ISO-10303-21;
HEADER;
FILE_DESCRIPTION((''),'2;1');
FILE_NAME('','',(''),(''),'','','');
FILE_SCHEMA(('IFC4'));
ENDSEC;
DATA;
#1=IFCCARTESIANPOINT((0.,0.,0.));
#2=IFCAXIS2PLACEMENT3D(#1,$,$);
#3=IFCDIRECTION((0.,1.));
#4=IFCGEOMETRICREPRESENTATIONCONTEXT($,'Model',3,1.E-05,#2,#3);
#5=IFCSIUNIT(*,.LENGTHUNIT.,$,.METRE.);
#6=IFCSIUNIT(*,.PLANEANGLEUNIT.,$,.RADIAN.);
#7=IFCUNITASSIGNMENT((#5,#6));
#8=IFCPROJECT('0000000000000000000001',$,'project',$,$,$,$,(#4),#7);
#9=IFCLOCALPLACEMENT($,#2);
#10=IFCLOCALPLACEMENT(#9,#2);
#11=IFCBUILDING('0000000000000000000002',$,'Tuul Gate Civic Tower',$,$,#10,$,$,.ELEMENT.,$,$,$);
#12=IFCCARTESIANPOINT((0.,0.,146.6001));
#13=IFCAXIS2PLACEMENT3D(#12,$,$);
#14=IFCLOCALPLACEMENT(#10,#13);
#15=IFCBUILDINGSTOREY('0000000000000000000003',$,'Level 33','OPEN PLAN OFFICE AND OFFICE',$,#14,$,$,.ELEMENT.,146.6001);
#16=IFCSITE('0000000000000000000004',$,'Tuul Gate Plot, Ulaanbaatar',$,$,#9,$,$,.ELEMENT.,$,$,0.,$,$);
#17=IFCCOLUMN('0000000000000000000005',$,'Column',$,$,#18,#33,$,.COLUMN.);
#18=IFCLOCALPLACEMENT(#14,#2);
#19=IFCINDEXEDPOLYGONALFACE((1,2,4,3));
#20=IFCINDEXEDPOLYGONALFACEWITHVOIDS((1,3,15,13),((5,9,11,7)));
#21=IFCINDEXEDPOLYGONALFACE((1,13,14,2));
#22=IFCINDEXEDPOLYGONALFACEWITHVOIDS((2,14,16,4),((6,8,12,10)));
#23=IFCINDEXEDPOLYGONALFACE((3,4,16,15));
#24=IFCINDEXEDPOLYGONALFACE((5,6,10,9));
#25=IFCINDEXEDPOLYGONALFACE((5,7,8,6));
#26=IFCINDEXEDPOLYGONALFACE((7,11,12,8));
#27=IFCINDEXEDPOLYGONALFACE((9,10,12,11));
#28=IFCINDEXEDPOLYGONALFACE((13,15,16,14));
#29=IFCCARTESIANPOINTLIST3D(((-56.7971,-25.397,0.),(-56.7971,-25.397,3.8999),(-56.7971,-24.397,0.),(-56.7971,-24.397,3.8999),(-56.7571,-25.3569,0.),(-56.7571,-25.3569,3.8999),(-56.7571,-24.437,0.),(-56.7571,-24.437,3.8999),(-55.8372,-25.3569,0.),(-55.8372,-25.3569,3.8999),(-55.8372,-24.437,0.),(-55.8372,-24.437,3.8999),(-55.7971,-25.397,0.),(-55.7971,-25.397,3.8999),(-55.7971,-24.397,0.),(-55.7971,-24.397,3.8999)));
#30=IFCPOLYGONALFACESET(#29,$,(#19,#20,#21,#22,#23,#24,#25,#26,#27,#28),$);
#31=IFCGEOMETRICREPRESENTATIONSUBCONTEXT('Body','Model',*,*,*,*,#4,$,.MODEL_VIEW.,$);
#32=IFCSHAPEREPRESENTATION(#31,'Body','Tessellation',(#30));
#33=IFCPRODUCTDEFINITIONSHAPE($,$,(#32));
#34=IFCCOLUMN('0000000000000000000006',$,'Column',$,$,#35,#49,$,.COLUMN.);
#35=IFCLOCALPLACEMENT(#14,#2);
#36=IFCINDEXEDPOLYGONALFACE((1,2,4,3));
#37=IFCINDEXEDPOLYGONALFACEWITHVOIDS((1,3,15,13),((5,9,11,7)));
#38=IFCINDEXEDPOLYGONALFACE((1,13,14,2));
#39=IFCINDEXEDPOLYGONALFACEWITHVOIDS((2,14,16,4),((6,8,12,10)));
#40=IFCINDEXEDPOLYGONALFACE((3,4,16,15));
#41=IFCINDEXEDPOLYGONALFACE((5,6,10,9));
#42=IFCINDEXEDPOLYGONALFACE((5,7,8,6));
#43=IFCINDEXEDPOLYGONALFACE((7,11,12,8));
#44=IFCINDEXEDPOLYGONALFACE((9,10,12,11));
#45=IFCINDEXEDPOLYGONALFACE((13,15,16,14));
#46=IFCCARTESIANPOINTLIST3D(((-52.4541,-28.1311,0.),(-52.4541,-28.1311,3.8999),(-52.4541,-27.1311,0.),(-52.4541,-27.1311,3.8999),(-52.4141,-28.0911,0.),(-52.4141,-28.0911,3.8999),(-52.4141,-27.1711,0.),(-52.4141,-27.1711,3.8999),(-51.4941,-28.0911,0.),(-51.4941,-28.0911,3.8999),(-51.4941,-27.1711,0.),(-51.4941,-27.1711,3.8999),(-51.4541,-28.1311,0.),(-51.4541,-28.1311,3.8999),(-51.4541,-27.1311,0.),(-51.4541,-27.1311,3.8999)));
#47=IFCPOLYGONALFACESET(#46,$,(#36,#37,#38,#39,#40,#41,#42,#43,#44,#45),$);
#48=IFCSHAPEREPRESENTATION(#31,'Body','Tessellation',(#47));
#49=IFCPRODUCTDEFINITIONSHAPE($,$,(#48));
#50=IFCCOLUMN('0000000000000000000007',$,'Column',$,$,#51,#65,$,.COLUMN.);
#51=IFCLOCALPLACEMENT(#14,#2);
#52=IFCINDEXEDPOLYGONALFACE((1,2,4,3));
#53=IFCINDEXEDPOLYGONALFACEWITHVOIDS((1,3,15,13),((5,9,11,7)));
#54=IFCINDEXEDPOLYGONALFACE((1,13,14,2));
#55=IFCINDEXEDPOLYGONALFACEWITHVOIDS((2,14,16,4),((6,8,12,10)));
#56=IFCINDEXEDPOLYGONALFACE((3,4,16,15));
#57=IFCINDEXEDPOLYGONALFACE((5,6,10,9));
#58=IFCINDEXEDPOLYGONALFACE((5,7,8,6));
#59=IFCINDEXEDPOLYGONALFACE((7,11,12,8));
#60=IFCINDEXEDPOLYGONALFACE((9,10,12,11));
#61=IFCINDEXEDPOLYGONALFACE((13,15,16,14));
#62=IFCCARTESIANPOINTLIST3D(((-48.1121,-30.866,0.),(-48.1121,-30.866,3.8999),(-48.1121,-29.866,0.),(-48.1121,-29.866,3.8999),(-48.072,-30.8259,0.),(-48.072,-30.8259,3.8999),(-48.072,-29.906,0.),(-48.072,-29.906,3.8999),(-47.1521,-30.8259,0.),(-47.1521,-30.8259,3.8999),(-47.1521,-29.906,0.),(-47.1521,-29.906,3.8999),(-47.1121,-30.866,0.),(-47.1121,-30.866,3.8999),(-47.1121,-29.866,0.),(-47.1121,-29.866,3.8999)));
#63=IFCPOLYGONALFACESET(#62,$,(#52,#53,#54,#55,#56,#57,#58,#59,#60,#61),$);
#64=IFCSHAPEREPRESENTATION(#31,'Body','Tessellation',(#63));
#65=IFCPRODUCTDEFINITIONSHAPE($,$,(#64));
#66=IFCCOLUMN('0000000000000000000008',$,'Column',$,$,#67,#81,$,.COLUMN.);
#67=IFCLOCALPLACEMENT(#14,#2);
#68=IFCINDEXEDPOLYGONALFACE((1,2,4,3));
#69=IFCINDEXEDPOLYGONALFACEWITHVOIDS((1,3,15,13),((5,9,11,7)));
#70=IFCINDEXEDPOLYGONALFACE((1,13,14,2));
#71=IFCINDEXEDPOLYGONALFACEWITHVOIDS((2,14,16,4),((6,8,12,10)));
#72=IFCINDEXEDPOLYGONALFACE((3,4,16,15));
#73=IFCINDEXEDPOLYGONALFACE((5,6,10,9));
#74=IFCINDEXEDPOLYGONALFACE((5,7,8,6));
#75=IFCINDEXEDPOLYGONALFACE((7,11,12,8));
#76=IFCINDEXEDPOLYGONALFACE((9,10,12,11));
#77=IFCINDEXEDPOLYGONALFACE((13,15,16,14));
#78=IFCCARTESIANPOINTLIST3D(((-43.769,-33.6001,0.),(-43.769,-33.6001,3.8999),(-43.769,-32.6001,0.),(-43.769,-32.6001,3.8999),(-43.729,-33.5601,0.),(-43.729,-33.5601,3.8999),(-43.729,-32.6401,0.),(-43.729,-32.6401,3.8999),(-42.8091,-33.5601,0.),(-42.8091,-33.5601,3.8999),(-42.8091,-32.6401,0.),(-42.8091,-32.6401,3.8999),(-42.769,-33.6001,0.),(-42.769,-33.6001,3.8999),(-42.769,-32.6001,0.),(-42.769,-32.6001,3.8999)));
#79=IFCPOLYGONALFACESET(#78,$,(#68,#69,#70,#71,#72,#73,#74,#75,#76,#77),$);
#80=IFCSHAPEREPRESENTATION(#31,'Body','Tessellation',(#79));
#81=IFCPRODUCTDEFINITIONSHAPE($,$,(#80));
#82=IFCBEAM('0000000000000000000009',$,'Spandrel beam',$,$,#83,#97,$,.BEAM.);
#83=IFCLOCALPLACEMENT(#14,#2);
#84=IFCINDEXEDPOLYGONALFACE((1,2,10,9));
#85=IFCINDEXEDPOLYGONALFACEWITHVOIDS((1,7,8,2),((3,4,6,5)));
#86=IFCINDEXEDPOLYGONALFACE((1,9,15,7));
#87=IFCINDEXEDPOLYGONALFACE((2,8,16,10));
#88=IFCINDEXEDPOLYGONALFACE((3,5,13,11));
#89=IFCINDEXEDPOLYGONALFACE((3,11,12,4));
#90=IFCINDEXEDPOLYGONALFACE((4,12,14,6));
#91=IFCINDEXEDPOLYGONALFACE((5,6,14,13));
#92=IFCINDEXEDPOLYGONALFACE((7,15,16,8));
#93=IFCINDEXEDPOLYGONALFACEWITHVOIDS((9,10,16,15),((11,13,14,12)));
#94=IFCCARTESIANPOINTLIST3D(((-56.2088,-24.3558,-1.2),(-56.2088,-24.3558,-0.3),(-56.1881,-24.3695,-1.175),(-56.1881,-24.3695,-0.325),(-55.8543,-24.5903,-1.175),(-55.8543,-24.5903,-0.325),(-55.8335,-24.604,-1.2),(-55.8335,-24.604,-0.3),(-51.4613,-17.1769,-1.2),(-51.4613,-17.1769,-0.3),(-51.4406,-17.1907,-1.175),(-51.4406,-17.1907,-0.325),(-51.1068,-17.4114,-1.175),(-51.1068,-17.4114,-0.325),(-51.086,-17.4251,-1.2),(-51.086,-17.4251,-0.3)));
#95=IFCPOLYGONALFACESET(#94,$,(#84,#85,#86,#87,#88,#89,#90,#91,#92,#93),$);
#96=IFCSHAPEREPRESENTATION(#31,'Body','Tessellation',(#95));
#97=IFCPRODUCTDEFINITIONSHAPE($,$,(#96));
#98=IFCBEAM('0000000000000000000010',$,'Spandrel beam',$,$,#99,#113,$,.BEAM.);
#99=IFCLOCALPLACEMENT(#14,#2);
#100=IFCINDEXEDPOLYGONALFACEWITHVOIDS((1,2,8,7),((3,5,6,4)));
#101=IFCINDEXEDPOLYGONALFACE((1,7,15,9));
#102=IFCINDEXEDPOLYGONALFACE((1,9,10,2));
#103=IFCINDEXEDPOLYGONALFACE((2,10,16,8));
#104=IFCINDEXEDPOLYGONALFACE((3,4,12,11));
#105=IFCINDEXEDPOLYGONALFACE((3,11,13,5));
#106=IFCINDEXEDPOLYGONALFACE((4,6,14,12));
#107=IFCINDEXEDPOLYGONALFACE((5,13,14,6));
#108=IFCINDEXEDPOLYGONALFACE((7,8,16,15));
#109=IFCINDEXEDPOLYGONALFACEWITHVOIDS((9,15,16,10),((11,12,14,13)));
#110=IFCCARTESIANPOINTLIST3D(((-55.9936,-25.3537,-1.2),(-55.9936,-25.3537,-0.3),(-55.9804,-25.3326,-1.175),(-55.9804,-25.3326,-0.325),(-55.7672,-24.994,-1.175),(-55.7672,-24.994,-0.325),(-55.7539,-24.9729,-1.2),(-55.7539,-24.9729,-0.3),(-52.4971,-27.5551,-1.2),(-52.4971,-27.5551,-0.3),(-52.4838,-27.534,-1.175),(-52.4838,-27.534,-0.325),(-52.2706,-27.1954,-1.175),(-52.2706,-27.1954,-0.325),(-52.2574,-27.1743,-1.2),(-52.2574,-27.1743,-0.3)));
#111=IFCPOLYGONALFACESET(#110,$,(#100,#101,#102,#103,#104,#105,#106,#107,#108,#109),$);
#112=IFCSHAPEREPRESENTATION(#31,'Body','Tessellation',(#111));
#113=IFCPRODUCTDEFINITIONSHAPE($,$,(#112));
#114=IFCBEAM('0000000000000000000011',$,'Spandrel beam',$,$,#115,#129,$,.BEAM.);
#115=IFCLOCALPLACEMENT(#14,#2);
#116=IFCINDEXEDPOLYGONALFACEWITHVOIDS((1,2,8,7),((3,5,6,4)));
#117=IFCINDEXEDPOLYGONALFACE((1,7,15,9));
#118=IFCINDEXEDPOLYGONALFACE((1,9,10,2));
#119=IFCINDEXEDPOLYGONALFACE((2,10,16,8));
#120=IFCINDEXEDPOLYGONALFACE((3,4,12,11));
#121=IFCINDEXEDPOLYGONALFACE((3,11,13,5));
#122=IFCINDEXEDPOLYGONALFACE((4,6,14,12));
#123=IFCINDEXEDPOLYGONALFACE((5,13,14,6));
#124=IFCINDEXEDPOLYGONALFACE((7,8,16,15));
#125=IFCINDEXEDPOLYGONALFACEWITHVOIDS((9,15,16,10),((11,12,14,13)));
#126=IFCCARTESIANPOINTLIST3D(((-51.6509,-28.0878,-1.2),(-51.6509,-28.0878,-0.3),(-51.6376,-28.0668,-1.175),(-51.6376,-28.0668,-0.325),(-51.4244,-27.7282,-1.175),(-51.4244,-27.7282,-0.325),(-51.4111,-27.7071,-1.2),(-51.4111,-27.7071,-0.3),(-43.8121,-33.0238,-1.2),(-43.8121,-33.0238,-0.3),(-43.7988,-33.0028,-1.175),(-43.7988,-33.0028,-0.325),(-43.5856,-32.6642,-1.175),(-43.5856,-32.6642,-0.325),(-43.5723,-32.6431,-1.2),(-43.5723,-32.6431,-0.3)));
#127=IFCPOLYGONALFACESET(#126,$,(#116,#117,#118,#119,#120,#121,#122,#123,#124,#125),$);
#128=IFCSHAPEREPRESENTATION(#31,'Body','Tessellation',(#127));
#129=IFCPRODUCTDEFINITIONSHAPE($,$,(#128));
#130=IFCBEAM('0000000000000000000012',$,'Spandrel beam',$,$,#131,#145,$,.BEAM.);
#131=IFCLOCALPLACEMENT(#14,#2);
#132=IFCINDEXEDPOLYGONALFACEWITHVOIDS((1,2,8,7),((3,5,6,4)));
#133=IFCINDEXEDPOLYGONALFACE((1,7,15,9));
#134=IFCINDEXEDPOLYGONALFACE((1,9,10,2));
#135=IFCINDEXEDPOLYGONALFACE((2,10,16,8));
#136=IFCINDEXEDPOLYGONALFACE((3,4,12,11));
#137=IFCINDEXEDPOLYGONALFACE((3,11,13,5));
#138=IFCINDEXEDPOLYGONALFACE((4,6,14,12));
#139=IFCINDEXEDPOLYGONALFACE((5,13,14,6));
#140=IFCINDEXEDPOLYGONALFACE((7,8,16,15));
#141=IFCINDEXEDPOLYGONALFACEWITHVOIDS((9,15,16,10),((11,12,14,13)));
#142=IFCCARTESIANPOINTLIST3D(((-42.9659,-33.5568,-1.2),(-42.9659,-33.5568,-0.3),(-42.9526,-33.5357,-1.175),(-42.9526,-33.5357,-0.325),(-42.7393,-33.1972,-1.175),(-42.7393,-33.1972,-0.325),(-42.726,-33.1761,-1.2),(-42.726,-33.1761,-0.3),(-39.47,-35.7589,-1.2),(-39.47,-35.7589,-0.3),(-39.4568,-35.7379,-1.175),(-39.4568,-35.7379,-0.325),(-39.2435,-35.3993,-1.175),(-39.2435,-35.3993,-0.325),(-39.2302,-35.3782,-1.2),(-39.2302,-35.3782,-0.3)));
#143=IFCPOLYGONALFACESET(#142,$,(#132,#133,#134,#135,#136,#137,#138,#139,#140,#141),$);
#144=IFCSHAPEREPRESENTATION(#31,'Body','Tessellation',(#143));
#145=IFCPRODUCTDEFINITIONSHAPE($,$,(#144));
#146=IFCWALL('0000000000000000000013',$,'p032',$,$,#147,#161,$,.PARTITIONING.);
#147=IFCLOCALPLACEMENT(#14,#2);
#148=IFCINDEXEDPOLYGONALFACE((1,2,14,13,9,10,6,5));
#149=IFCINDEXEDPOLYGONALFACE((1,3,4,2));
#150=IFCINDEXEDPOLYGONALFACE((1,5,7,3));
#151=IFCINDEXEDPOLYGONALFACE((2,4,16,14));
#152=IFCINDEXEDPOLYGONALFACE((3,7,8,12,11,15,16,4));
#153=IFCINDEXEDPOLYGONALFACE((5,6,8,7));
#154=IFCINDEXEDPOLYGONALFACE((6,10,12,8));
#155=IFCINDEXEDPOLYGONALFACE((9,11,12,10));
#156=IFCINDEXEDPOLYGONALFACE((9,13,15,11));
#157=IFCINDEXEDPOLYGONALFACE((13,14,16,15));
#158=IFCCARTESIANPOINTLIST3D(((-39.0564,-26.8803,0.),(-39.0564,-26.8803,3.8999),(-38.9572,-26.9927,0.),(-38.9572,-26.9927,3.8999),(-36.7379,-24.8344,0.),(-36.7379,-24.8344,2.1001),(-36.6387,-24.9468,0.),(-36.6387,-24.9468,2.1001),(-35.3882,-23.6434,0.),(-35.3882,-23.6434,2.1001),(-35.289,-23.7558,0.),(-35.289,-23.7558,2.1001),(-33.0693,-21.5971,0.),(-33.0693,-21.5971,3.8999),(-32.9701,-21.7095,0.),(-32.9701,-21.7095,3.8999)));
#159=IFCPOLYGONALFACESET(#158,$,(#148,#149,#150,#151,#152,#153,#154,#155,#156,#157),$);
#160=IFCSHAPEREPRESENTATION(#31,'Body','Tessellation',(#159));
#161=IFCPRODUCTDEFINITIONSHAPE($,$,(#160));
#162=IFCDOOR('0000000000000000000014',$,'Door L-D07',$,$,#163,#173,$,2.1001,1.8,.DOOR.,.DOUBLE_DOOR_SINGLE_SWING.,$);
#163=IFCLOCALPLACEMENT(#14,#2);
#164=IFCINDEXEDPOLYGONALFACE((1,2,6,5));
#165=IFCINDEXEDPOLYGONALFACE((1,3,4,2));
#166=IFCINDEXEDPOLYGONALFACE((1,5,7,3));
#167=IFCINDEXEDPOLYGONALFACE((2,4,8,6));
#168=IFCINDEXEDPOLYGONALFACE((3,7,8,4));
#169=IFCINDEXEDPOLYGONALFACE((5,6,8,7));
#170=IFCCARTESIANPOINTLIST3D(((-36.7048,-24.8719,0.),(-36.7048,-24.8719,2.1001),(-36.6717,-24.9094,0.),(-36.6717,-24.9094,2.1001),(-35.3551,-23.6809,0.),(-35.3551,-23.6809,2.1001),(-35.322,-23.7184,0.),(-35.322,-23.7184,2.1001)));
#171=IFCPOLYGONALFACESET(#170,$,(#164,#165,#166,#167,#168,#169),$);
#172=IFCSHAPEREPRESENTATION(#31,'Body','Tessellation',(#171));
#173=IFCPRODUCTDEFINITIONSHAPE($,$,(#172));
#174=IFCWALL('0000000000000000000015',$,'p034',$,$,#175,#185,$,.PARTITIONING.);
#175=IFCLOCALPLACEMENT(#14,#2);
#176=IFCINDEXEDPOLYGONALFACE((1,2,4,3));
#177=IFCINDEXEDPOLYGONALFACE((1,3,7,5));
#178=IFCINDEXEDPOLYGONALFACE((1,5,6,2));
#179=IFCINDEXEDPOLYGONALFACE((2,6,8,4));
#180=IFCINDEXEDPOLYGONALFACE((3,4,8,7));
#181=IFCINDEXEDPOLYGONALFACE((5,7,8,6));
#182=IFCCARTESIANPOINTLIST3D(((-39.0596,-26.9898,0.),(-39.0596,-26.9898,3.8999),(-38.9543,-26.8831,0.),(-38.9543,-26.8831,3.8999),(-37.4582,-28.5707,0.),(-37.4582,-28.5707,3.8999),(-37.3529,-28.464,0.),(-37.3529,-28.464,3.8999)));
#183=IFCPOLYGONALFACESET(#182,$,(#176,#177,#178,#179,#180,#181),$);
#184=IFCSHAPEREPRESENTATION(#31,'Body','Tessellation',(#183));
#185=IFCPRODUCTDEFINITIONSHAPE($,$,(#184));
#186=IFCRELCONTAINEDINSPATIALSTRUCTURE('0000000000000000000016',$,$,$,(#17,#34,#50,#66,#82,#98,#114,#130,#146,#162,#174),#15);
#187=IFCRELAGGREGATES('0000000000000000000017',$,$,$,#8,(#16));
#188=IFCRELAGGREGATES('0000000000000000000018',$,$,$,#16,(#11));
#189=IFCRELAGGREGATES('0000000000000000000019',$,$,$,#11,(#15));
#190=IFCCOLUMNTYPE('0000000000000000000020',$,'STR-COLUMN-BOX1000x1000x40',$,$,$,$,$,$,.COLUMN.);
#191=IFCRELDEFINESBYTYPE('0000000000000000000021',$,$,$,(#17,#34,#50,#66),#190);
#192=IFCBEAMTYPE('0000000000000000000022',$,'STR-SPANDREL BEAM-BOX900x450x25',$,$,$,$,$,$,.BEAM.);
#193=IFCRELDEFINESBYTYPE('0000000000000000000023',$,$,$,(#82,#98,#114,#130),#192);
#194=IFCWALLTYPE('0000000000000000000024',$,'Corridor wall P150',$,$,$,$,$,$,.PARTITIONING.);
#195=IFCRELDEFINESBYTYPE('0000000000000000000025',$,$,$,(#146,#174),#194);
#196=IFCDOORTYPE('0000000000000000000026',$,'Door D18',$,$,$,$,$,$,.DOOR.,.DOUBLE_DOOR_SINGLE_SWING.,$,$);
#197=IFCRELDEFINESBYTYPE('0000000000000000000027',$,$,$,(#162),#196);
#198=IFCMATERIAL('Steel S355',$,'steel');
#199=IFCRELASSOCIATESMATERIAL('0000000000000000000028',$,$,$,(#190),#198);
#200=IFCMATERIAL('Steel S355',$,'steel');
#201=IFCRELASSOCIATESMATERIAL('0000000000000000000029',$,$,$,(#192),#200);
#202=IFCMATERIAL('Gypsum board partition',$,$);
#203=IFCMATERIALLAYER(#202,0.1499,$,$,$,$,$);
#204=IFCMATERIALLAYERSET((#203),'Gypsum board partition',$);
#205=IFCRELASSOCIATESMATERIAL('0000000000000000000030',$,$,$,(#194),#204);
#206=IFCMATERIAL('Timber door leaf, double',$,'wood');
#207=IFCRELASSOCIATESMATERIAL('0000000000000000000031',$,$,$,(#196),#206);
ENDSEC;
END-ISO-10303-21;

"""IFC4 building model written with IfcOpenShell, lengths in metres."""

from ifc_helpers import new_model, si_unit, direction, frame, frame_2d, origin, origin_2d, place, context, subcontext, project, spatial, rectangle, hollow_rectangle, extrude, material, layer, layer_set, material_profile, profile_set, type_object, element, fill, save


model = new_model("IFC4")

# Units and contexts
model_context = context("Model", 3, precision=1e-05, world=origin(), true_north=direction((0.0, 1.0)))
body_context = subcontext(model_context, "Body", "Model", "MODEL_VIEW")
ifc_project = project(units=[si_unit("LENGTHUNIT", "METRE"), si_unit("PLANEANGLEUNIT", "RADIAN")], contexts=[model_context])

# Site, building, storey
site_placement = place(None, origin())
site = spatial("IfcSite", under=ifc_project, at=site_placement, Name="Tuul Gate Plot, Ulaanbaatar", CompositionType="ELEMENT", RefElevation=0.0)
building_placement = place(site_placement, origin())
building = spatial("IfcBuilding", under=site, at=building_placement, Name="Tuul Gate Civic Tower", CompositionType="ELEMENT")
storey_placement = place(building_placement, frame((0.0, 0.0, 146.6001)))
storey = spatial("IfcBuildingStorey", under=building, at=storey_placement, Name="Level 33", Description="OPEN PLAN OFFICE AND OFFICE", CompositionType="ELEMENT", Elevation=146.6001)

# Columns
ifc_material_1 = material(Name="Steel S355", Category="steel")
ifc_material_profile_1 = material_profile(ifc_material_1, hollow_rectangle(XDim=1.0, YDim=1.0, WallThickness=0.04, at=origin_2d()), Name="BOX1000x1000x40")
ifc_profile_set_1 = profile_set([ifc_material_profile_1], Name="Steel S355")
column_type = type_object("IfcColumnType", Name="STR-COLUMN-BOX1000x1000x40", PredefinedType="COLUMN", material=ifc_profile_set_1)
for number, where, z_axis, x_axis, name in (
    (1, (-56.2971, -24.897, 0.0), (0.0, 0.0, 1.0), (1.0, 0.0, 0.0), "Column"),
    (2, (-51.9541, -27.6311, 0.0), (0.0, 0.0, 1.0), (1.0, 0.0, 0.0), "Column"),
    (3, (-47.6121, -30.366, 0.0), (0.0, 0.0, 1.0), (1.0, 0.0, 0.0), "Column"),
    (4, (-43.269, -33.1001, 0.0), (0.0, 0.0, 1.0), (1.0, 0.0, 0.0), "Column"),
):
    element("IfcColumn", number, at=place(storey_placement, frame(where, z_axis=z_axis, x_axis=x_axis)), inside=storey, type_object=column_type, Name=name, PredefinedType="COLUMN", context=body_context, shape_type="SweptSolid", body=[
        extrude(hollow_rectangle(XDim=1.0, YDim=1.0, WallThickness=0.04, at=origin_2d()), origin(), (0.0, 0.0, 1.0), 3.8999),
    ])

# Beams
ifc_material_2 = material(Name="Steel S355", Category="steel")
ifc_material_profile_2 = material_profile(ifc_material_2, hollow_rectangle(XDim=0.45, YDim=0.8999, WallThickness=0.0249, at=origin_2d()), Name="BOX900x450x25")
ifc_profile_set_2 = profile_set([ifc_material_profile_2], Name="Steel S355")
beam_type = type_object("IfcBeamType", Name="STR-SPANDREL BEAM-BOX900x450x25", PredefinedType="BEAM", material=ifc_profile_set_2)
beam_1_placement = place(storey_placement, frame((-51.2737, -17.301, -0.75), z_axis=(-0.551607, -0.834104, 0.0), x_axis=(0.834104, -0.551607, 0.0)))
element("IfcBeam", 5, at=beam_1_placement, inside=storey, type_object=beam_type, Name="Spandrel beam", PredefinedType="BEAM", context=body_context, shape_type="SweptSolid", body=[
    extrude(hollow_rectangle(XDim=0.45, YDim=0.8999, WallThickness=0.0249, at=origin_2d()), origin(), (0.0, 0.0, 1.0), 8.6067),
])
beam_2_placement = place(storey_placement, frame((-55.8738, -25.1633, -0.75), z_axis=(0.846248, -0.53279, 0.0), x_axis=(0.53279, 0.846248, 0.0)))
element("IfcBeam", 6, at=beam_2_placement, inside=storey, type_object=beam_type, Name="Spandrel beam", PredefinedType="BEAM", context=body_context, shape_type="SweptSolid", body=[
    extrude(hollow_rectangle(XDim=0.45, YDim=0.8999, WallThickness=0.0249, at=origin_2d()), origin(), (0.0, 0.0, 1.0), 4.1318),
])
beam_3_placement = place(storey_placement, frame((-51.531, -27.8975, -0.75), z_axis=(0.846211, -0.532848, 0.0), x_axis=(0.532848, 0.846211, 0.0)))
element("IfcBeam", 7, at=beam_3_placement, inside=storey, type_object=beam_type, Name="Spandrel beam", PredefinedType="BEAM", context=body_context, shape_type="SweptSolid", body=[
    extrude(hollow_rectangle(XDim=0.45, YDim=0.8999, WallThickness=0.0249, at=origin_2d()), origin(), (0.0, 0.0, 1.0), 9.2634),
])
beam_4_placement = place(storey_placement, frame((-42.8459, -33.3665, -0.75), z_axis=(0.846117, -0.532997, 0.0), x_axis=(0.532997, 0.846117, 0.0)))
element("IfcBeam", 8, at=beam_4_placement, inside=storey, type_object=beam_type, Name="Spandrel beam", PredefinedType="BEAM", context=body_context, shape_type="SweptSolid", body=[
    extrude(hollow_rectangle(XDim=0.45, YDim=0.8999, WallThickness=0.0249, at=origin_2d()), origin(), (0.0, 0.0, 1.0), 4.1316),
])

# Wall, opening, door
ifc_material_3 = material(Name="Gypsum board partition")
ifc_layer_1 = layer(ifc_material_3, 0.1499)
ifc_layer_set_1 = layer_set([ifc_layer_1], Name="Gypsum board partition")
wall_type_1 = type_object("IfcWallType", Name="Corridor wall P150", PredefinedType="PARTITIONING", material=ifc_layer_set_1)
wall_1_placement = place(storey_placement, frame((-39.0068, -26.9365, 0.0), z_axis=(0.0, 0.0, 1.0), x_axis=(0.749807, 0.661657, 0.0)))
wall_1 = element("IfcWall", 9, at=wall_1_placement, inside=storey, type_object=wall_type_1, Name="p032", PredefinedType="PARTITIONING", context=body_context, shape_type="SweptSolid", body=[
    extrude(rectangle(XDim=7.9849, YDim=0.1499, at=frame_2d((3.9924, 0.0))), origin(), (0.0, 0.0, 1.0), 3.8999),
])
opening_1_placement = place(wall_1_placement, frame((3.0923, 0.0, 0.0)))
opening_1 = element("IfcOpeningElement", 10, at=opening_1_placement, cuts=wall_1, PredefinedType="OPENING", context=body_context, shape_type="SweptSolid", body=[
    extrude(rectangle(XDim=1.8, YDim=2.1001, at=frame_2d((0.8999, 1.05))), frame((0.0, 0.085, 0.0), z_axis=(0.0, -1.0, 0.0), x_axis=(1.0, 0.0, 0.0)), (0.0, 0.0, 1.0), 0.1699),
])
ifc_material_4 = material(Name="Timber door leaf, double", Category="wood")
door_type = type_object("IfcDoorType", Name="Door D18", OperationType="DOUBLE_DOOR_SINGLE_SWING", PredefinedType="DOOR", material=ifc_material_4)
door_placement = place(opening_1_placement, origin())
door = element("IfcDoor", 11, at=door_placement, inside=storey, type_object=door_type, Name="Door L-D07", OperationType="DOUBLE_DOOR_SINGLE_SWING", OverallHeight=2.1001, OverallWidth=1.8, PredefinedType="DOOR", context=body_context, shape_type="SweptSolid", body=[
    extrude(rectangle(XDim=1.8, YDim=2.1001, at=frame_2d((0.8999, 1.05))), frame((0.0, 0.0249, 0.0), z_axis=(0.0, -1.0, 0.0), x_axis=(1.0, 0.0, 0.0)), (0.0, 0.0, 1.0), 0.05),
])
fill(opening_1, door)

# Wall
wall_2_placement = place(storey_placement, frame((-39.0068, -26.9365, 0.0), z_axis=(0.0, 0.0, 1.0), x_axis=(0.711649, -0.702535, 0.0)))
element("IfcWall", 12, at=wall_2_placement, inside=storey, type_object=wall_type_1, Name="p034", PredefinedType="PARTITIONING", context=body_context, shape_type="SweptSolid", body=[
    extrude(rectangle(XDim=2.2502, YDim=0.1499, at=frame_2d((1.125, 0.0))), origin(), (0.0, 0.0, 1.0), 3.8999),
])

save(model, "model.ifc")
